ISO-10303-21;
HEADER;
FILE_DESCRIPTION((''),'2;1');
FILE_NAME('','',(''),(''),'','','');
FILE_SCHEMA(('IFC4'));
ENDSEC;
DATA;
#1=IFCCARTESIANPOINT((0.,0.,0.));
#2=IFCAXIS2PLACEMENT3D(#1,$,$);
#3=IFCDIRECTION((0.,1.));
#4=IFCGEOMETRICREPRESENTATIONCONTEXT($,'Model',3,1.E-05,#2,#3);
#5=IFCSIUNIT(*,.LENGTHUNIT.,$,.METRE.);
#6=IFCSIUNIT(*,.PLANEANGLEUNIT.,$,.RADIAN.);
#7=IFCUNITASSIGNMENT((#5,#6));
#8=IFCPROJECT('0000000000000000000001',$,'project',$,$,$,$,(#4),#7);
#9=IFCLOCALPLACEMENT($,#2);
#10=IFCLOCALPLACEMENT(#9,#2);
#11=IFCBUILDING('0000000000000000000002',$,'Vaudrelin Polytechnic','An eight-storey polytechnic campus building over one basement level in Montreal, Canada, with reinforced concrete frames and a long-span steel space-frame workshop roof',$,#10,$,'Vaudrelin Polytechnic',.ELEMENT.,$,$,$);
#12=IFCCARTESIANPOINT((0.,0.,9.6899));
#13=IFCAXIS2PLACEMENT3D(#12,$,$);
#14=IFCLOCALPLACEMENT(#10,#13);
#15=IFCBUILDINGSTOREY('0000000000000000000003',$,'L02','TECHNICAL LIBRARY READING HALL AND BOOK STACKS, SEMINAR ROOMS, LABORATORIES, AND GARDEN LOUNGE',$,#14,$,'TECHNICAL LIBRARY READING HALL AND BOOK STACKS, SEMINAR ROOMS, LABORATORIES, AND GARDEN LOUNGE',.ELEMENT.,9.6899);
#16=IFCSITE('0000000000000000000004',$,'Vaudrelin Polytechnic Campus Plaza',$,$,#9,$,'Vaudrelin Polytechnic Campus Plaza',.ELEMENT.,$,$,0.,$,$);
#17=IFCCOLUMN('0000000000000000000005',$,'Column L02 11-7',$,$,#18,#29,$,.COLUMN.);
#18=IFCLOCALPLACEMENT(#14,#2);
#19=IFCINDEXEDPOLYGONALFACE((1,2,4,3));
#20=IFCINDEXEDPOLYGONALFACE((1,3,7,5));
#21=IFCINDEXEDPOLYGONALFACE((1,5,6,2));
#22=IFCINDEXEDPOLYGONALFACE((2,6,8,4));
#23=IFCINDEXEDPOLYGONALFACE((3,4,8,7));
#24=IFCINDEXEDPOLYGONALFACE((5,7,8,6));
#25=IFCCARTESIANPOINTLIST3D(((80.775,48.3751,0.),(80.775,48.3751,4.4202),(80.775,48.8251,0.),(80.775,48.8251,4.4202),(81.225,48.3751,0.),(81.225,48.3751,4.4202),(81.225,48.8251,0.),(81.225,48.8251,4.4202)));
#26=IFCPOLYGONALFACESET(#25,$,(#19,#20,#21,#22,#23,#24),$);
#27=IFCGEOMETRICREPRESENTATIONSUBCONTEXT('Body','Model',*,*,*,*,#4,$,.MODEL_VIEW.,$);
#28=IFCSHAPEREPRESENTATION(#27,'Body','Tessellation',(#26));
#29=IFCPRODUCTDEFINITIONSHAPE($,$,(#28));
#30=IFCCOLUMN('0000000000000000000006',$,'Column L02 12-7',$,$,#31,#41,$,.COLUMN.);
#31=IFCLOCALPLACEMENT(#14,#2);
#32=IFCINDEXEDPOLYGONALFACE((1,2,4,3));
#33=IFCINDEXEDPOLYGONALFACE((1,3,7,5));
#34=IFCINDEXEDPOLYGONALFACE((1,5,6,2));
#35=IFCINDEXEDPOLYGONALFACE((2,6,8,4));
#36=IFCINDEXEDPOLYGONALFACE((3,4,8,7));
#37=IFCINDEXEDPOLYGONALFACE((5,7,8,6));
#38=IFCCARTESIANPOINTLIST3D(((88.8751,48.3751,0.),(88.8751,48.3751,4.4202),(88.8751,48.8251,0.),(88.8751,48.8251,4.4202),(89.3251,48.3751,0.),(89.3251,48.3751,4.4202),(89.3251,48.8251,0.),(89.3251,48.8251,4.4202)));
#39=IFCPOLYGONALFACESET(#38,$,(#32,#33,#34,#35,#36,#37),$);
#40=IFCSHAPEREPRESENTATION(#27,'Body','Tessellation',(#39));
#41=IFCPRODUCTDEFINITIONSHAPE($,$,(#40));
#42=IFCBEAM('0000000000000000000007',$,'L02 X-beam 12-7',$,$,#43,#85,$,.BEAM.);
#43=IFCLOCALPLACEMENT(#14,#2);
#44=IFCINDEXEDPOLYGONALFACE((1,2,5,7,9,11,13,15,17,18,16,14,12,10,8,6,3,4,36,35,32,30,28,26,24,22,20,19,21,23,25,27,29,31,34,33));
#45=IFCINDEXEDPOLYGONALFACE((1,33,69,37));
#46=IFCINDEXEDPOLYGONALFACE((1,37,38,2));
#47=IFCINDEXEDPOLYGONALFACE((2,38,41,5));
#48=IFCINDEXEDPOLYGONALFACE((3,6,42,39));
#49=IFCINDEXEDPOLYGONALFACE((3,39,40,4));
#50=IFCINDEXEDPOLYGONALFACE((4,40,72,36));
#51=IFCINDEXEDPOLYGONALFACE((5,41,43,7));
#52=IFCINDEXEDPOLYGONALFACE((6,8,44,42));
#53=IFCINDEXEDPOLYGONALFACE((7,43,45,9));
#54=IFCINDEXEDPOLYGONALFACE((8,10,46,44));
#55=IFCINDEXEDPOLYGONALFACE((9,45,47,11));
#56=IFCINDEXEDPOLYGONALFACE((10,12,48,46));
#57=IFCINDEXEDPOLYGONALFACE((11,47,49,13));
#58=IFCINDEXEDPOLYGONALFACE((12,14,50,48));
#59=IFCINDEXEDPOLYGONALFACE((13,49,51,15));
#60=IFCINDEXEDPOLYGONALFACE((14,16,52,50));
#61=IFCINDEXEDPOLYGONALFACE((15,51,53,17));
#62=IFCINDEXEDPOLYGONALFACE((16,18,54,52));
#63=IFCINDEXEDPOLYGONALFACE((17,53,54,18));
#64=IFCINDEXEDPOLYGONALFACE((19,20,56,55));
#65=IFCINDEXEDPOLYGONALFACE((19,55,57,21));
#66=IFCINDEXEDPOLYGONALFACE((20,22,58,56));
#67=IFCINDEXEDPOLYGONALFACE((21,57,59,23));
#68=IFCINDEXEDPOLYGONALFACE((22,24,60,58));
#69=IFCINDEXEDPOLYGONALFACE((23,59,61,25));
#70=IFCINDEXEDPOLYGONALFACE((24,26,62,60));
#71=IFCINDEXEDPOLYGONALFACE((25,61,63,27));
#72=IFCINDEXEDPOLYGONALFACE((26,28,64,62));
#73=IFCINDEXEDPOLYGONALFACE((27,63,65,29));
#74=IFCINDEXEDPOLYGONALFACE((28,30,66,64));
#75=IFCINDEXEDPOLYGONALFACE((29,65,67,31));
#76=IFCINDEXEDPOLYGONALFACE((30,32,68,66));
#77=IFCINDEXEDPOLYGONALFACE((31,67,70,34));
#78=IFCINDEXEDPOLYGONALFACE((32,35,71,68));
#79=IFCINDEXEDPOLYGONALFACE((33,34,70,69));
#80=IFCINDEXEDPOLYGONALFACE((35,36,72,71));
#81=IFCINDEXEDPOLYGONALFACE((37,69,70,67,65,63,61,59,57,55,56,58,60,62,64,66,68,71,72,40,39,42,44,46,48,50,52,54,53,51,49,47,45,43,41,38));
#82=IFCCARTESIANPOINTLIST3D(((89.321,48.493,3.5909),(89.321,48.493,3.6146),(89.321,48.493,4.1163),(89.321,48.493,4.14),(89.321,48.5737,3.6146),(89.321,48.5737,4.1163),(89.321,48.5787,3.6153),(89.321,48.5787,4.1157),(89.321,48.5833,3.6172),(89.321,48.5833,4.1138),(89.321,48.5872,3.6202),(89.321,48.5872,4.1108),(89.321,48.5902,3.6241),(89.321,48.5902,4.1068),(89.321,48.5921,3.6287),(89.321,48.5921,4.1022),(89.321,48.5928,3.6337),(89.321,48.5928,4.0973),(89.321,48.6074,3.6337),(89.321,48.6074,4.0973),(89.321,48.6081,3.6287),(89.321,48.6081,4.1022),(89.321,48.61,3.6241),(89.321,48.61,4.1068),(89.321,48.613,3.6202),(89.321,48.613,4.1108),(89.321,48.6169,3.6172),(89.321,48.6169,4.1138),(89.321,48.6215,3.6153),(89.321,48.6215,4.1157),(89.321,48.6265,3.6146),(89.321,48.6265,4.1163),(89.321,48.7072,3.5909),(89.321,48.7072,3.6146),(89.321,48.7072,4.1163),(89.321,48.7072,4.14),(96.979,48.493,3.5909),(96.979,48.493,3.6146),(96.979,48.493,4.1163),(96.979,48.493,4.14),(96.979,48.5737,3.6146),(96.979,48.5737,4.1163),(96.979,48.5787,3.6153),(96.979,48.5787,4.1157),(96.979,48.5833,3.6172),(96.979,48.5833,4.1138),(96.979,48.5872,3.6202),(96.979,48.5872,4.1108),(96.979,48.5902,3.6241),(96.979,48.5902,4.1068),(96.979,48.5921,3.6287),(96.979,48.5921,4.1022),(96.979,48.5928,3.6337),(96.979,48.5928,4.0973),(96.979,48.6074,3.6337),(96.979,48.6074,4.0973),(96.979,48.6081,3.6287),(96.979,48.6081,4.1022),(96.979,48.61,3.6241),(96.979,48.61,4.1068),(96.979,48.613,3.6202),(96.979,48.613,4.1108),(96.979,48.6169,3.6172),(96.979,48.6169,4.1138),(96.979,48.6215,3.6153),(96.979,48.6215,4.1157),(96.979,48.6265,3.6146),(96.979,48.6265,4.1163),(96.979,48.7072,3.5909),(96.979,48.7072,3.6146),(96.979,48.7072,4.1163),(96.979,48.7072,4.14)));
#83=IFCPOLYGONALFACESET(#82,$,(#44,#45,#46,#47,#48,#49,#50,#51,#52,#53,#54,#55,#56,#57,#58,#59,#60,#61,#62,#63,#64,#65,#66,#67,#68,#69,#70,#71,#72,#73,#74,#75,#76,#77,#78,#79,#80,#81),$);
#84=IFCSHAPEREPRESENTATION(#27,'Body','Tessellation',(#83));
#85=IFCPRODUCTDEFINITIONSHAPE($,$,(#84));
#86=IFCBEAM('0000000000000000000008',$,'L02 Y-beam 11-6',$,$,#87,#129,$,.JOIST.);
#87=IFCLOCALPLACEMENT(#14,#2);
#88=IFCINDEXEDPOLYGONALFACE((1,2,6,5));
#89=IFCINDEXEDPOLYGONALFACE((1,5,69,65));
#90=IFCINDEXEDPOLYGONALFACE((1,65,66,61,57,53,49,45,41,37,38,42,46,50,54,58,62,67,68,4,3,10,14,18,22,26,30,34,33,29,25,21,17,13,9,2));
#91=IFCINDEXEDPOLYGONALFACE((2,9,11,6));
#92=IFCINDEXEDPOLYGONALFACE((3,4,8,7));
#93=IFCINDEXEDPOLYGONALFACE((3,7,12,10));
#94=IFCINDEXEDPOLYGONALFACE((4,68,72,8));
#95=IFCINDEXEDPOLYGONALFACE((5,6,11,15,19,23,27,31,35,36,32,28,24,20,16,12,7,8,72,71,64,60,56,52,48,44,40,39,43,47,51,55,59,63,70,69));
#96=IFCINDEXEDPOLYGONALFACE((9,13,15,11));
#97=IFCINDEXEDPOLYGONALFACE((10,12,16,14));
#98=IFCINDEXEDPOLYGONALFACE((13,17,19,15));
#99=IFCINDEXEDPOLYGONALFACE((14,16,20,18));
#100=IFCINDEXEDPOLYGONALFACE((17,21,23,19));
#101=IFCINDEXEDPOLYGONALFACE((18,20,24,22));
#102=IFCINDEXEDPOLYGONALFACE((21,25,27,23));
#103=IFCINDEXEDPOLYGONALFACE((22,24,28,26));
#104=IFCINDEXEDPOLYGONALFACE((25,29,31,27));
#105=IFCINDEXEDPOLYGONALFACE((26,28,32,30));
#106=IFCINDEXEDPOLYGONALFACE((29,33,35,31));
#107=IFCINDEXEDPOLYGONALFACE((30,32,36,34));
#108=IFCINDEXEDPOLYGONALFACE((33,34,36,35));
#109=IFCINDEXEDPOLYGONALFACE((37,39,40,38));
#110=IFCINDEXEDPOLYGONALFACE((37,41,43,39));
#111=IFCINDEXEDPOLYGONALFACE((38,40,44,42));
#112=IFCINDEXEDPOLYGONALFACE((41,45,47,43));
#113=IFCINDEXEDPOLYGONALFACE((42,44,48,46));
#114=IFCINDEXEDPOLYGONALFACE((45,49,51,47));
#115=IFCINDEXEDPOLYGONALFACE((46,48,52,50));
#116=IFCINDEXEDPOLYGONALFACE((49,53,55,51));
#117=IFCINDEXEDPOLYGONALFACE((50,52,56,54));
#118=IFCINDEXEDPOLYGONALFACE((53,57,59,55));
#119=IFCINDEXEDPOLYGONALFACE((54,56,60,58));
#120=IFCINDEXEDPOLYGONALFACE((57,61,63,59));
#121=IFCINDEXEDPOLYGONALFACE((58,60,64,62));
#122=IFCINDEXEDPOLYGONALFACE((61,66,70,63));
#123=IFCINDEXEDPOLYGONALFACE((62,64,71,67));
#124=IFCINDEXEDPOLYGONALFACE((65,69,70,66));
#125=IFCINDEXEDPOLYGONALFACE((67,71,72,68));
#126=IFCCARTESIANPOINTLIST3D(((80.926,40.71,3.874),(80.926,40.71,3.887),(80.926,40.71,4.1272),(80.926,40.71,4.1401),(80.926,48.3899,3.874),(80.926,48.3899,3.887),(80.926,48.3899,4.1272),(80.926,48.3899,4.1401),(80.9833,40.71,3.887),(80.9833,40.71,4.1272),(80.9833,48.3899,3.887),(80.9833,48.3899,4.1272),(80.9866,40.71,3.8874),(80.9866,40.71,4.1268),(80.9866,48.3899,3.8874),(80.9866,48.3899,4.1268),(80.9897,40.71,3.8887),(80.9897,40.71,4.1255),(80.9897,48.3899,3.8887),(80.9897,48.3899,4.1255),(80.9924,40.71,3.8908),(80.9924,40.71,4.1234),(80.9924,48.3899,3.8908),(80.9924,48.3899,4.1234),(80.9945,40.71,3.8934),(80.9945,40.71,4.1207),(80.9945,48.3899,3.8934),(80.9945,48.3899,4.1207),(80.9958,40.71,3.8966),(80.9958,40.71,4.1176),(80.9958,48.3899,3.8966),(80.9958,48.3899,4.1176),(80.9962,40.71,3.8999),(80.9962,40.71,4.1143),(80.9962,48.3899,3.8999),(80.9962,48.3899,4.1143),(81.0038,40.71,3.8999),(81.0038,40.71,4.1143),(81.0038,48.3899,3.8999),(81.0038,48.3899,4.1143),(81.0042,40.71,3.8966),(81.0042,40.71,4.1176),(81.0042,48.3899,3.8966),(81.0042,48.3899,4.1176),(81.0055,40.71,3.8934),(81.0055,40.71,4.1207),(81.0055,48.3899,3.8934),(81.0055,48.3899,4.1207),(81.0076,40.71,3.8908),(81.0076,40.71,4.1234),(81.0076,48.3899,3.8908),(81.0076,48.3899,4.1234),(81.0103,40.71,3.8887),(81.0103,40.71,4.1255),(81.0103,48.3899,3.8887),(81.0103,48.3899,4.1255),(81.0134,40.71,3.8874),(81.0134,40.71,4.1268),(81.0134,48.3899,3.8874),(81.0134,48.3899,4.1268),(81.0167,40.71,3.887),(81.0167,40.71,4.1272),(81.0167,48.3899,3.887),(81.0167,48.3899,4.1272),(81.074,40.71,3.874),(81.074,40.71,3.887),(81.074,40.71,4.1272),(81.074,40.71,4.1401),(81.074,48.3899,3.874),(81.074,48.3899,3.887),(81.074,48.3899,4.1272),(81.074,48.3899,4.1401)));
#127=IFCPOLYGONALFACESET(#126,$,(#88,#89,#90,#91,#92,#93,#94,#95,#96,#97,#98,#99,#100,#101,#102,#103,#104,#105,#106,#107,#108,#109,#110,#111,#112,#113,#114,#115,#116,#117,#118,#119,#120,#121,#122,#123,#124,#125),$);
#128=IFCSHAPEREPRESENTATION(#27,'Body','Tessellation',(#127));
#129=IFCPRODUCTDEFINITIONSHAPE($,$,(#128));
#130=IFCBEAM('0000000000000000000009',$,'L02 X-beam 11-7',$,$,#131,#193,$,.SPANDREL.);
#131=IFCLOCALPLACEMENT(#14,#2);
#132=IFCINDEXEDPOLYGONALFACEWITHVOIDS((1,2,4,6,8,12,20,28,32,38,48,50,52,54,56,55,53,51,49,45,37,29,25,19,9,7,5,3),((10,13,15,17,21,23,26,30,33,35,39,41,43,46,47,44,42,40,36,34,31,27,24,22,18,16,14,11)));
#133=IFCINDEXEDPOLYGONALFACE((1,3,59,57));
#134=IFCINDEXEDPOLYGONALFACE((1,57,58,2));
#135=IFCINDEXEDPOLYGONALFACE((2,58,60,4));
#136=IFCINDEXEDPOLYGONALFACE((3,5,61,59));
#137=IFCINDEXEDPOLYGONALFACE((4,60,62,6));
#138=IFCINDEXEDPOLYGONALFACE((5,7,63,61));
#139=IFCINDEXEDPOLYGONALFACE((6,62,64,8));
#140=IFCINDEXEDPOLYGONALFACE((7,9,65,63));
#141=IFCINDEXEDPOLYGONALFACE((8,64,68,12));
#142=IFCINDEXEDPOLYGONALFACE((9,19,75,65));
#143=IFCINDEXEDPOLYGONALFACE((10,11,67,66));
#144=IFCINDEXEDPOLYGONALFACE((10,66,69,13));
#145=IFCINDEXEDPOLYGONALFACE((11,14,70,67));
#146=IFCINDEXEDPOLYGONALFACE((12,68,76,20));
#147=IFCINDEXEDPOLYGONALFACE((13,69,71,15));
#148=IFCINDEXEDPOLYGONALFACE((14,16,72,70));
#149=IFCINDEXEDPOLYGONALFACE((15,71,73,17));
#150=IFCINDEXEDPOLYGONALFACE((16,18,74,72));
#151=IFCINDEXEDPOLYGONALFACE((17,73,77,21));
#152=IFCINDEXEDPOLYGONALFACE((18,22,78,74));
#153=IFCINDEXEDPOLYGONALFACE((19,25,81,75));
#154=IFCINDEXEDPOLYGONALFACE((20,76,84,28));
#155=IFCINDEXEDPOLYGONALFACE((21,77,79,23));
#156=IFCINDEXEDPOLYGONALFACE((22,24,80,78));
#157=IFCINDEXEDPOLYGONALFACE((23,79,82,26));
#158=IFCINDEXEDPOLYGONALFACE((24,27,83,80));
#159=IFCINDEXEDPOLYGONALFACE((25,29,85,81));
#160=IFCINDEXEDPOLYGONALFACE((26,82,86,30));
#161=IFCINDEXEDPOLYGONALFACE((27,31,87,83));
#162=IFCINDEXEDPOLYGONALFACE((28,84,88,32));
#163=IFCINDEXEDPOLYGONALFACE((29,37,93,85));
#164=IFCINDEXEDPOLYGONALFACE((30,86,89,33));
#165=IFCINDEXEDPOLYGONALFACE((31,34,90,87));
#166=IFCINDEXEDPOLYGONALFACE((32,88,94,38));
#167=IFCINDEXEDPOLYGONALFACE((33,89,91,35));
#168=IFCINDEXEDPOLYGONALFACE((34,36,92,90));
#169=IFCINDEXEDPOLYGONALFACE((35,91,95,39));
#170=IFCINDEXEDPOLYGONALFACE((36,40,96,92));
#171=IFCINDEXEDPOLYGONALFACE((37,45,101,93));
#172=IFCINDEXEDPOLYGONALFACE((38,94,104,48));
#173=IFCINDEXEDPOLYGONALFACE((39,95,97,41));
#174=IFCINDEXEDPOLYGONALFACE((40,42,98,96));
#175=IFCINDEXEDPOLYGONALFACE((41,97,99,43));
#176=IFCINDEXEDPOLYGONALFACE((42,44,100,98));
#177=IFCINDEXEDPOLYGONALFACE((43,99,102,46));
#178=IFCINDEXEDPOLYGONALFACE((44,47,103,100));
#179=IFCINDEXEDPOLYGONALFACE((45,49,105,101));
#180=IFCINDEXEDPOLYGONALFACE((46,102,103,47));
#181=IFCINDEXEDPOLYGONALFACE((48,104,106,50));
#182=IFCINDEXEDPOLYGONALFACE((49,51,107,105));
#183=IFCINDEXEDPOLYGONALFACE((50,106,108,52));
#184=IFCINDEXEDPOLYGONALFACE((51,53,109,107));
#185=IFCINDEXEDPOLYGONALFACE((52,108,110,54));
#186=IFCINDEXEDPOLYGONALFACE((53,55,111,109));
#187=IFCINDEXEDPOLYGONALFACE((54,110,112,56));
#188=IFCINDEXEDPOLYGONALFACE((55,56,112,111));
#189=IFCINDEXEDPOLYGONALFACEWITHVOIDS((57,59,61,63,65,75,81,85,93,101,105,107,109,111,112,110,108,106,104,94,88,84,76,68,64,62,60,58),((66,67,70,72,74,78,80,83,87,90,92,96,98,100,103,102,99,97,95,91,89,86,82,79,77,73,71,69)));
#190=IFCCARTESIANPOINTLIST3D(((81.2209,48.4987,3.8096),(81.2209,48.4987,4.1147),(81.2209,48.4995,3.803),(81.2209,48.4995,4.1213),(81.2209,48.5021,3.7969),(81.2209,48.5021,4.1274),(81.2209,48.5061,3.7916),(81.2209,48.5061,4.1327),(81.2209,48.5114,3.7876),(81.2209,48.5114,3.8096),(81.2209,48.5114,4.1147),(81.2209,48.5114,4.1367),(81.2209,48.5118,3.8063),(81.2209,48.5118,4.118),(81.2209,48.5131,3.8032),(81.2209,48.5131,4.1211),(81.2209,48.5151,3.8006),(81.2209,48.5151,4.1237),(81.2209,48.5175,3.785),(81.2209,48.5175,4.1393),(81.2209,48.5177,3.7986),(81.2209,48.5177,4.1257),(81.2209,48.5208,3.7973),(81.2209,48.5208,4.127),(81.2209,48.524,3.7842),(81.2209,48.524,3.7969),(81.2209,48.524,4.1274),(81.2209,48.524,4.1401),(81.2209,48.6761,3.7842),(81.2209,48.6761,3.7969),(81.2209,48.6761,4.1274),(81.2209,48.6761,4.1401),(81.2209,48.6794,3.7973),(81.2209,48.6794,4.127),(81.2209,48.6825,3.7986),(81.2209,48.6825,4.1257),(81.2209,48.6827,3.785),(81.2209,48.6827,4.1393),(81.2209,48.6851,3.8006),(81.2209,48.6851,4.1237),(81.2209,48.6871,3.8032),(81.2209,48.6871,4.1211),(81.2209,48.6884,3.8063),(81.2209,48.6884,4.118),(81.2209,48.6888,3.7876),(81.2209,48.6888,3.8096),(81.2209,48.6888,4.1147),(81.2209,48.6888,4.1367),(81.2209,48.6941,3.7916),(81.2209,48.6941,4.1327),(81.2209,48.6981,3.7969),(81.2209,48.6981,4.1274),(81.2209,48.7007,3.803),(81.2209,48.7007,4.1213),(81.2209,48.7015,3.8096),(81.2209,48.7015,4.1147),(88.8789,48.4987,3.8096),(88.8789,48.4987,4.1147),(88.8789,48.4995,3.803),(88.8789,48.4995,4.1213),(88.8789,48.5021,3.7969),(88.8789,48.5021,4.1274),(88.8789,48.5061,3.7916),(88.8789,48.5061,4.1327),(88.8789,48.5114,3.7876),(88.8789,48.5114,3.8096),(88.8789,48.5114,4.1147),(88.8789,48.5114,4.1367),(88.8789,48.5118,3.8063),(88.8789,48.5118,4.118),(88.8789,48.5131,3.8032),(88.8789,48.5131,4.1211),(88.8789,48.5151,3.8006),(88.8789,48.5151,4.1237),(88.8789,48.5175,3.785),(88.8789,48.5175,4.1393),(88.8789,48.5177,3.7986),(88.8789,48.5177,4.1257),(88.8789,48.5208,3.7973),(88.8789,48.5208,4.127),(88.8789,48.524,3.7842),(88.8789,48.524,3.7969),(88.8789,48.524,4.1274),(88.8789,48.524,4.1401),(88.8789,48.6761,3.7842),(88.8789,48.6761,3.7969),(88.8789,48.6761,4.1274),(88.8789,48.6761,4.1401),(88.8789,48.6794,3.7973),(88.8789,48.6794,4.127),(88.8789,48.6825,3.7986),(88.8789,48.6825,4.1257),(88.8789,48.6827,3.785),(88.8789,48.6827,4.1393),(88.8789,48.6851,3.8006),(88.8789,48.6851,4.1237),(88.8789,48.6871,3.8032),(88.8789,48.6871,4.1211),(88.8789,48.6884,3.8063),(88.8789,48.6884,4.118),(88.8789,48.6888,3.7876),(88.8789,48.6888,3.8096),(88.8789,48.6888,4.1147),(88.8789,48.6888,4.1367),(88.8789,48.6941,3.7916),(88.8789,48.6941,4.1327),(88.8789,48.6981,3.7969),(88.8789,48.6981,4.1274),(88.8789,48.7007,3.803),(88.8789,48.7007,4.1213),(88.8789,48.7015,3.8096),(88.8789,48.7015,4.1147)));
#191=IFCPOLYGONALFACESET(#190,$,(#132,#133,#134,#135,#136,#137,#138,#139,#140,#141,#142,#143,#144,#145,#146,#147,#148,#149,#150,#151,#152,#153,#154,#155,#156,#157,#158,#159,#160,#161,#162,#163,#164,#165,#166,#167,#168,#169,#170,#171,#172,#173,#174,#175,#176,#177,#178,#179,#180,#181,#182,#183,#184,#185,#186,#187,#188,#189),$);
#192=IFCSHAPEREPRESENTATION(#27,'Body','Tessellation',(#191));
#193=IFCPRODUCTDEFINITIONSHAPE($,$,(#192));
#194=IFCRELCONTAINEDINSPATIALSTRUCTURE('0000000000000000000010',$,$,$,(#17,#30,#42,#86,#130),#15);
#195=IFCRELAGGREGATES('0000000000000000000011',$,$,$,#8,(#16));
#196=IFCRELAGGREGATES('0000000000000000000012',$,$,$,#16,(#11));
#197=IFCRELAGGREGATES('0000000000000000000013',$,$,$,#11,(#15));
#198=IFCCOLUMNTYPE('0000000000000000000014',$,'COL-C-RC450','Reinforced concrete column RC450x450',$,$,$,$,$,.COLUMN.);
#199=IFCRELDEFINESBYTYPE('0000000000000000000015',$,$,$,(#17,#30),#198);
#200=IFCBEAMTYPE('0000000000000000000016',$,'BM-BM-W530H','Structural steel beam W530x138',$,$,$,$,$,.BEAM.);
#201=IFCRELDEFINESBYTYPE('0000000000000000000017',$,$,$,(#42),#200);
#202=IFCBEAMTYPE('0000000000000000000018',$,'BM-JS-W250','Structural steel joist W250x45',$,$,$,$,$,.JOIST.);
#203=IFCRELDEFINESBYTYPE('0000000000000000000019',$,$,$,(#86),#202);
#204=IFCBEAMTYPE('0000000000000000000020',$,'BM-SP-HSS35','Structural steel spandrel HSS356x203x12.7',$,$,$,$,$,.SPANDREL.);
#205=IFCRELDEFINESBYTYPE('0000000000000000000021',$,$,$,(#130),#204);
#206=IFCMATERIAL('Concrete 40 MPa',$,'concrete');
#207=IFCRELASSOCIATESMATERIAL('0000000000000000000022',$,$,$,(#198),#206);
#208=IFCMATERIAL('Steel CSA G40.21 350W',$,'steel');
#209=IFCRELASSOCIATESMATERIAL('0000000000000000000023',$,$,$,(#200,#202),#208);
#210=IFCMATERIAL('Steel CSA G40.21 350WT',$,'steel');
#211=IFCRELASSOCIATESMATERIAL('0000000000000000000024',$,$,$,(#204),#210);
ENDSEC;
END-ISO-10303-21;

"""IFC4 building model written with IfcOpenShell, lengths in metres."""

from ifc_helpers import new_model, si_unit, direction, frame, origin, origin_2d, place, context, subcontext, project, spatial, rectangle, hollow_rectangle, i_section, extrude, material, material_profile, profile_set, type_object, element, save


model = new_model("IFC4")

# Units and contexts
model_context = context("Model", 3, precision=1e-05, world=origin(), true_north=direction((0.0, 1.0)))
body_context = subcontext(model_context, "Body", "Model", "MODEL_VIEW")
ifc_project = project(units=[si_unit("LENGTHUNIT", "METRE"), si_unit("PLANEANGLEUNIT", "RADIAN")], contexts=[model_context])

# Site, building, storey
site_placement = place(None, origin())
site = spatial("IfcSite", under=ifc_project, at=site_placement, Name="Vaudrelin Polytechnic Campus Plaza", LongName="Vaudrelin Polytechnic Campus Plaza", CompositionType="ELEMENT", RefElevation=0.0)
building_placement = place(site_placement, origin())
building = spatial("IfcBuilding", under=site, at=building_placement, Name="Vaudrelin Polytechnic", Description="An eight-storey polytechnic campus building over one basement level in Montreal, Canada, with reinforced concrete frames and a long-span steel space-frame workshop roof", LongName="Vaudrelin Polytechnic", CompositionType="ELEMENT")
storey_placement = place(building_placement, frame((0.0, 0.0, 9.6899)))
storey = spatial("IfcBuildingStorey", under=building, at=storey_placement, Name="L02", Description="TECHNICAL LIBRARY READING HALL AND BOOK STACKS, SEMINAR ROOMS, LABORATORIES, AND GARDEN LOUNGE", LongName="TECHNICAL LIBRARY READING HALL AND BOOK STACKS, SEMINAR ROOMS, LABORATORIES, AND GARDEN LOUNGE", CompositionType="ELEMENT", Elevation=9.6899)

# Columns
ifc_material_1 = material(Name="Concrete 40 MPa", Category="concrete")
ifc_material_profile_1 = material_profile(ifc_material_1, rectangle(XDim=0.45, YDim=0.45, at=origin_2d()), Name="RC450x450")
ifc_profile_set_1 = profile_set([ifc_material_profile_1], Name="Concrete 40 MPa")
column_type = type_object("IfcColumnType", Name="COL-C-RC450", Description="Reinforced concrete column RC450x450", PredefinedType="COLUMN", material=ifc_profile_set_1)
for number, where, z_axis, x_axis, name in (
    (1, (81.0, 48.6001, 0.0), (0.0, 0.0, 1.0), (1.0, 0.0, 0.0), "Column L02 11-7"),
    (2, (89.1001, 48.6001, 0.0), (0.0, 0.0, 1.0), (1.0, 0.0, 0.0), "Column L02 12-7"),
):
    element("IfcColumn", number, at=place(storey_placement, frame(where, z_axis=z_axis, x_axis=x_axis)), inside=storey, type_object=column_type, Name=name, PredefinedType="COLUMN", context=body_context, shape_type="SweptSolid", body=[
        extrude(rectangle(XDim=0.45, YDim=0.45, at=origin_2d()), origin(), (0.0, 0.0, 1.0), 4.4202),
    ])

# Beams
ifc_material_2 = material(Name="Steel CSA G40.21 350W", Category="steel")
ifc_material_profile_2 = material_profile(ifc_material_2, i_section(OverallWidth=0.2141, OverallDepth=0.5491, WebThickness=0.0146, FlangeThickness=0.0237, FilletRadius=0.019, at=origin_2d()), Name="W530x138")
ifc_profile_set_2 = profile_set([ifc_material_profile_2], Name="Steel CSA G40.21 350W")
beam_type_1 = type_object("IfcBeamType", Name="BM-BM-W530H", Description="Structural steel beam W530x138", PredefinedType="BEAM", material=ifc_profile_set_2)
beam_1_placement = place(storey_placement, frame((89.321, 48.6001, 3.8655), z_axis=(1.0, 0.0, 0.0), x_axis=(0.0, 1.0, 0.0)))
element("IfcBeam", 3, at=beam_1_placement, inside=storey, type_object=beam_type_1, Name="L02 X-beam 12-7", PredefinedType="BEAM", context=body_context, shape_type="SweptSolid", body=[
    extrude(i_section(OverallWidth=0.2141, OverallDepth=0.5491, WebThickness=0.0146, FlangeThickness=0.0237, FilletRadius=0.019, at=origin_2d()), origin(), (0.0, 0.0, 1.0), 7.658),
])
ifc_material_profile_3 = material_profile(ifc_material_2, i_section(OverallWidth=0.1479, OverallDepth=0.2661, WebThickness=0.0076, FlangeThickness=0.0129, FilletRadius=0.0129, at=origin_2d()), Name="W250x45")
ifc_profile_set_3 = profile_set([ifc_material_profile_3], Name="Steel CSA G40.21 350W")
beam_type_2 = type_object("IfcBeamType", Name="BM-JS-W250", Description="Structural steel joist W250x45", PredefinedType="JOIST", material=ifc_profile_set_3)
beam_2_placement = place(storey_placement, frame((81.0, 40.71, 4.0071), z_axis=(0.0, 1.0, 0.0), x_axis=(-1.0, 0.0, 0.0)))
element("IfcBeam", 4, at=beam_2_placement, inside=storey, type_object=beam_type_2, Name="L02 Y-beam 11-6", PredefinedType="JOIST", context=body_context, shape_type="SweptSolid", body=[
    extrude(i_section(OverallWidth=0.1479, OverallDepth=0.2661, WebThickness=0.0076, FlangeThickness=0.0129, FilletRadius=0.0129, at=origin_2d()), origin(), (0.0, 0.0, 1.0), 7.6799),
])
ifc_material_3 = material(Name="Steel CSA G40.21 350WT", Category="steel")
ifc_material_profile_4 = material_profile(ifc_material_3, hollow_rectangle(XDim=0.2029, YDim=0.356, WallThickness=0.0127, InnerFilletRadius=0.0127, OuterFilletRadius=0.0254, at=origin_2d()), Name="HSS356x203x12.7")
ifc_profile_set_4 = profile_set([ifc_material_profile_4], Name="Steel CSA G40.21 350WT")
beam_type_3 = type_object("IfcBeamType", Name="BM-SP-HSS35", Description="Structural steel spandrel HSS356x203x12.7", PredefinedType="SPANDREL", material=ifc_profile_set_4)
beam_3_placement = place(storey_placement, frame((81.2209, 48.6001, 3.9622), z_axis=(1.0, 0.0, 0.0), x_axis=(0.0, 1.0, 0.0)))
element("IfcBeam", 5, at=beam_3_placement, inside=storey, type_object=beam_type_3, Name="L02 X-beam 11-7", PredefinedType="SPANDREL", context=body_context, shape_type="SweptSolid", body=[
    extrude(hollow_rectangle(XDim=0.2029, YDim=0.356, WallThickness=0.0127, InnerFilletRadius=0.0127, OuterFilletRadius=0.0254, at=origin_2d()), origin(), (0.0, 0.0, 1.0), 7.658),
])

save(model, "model.ifc")
